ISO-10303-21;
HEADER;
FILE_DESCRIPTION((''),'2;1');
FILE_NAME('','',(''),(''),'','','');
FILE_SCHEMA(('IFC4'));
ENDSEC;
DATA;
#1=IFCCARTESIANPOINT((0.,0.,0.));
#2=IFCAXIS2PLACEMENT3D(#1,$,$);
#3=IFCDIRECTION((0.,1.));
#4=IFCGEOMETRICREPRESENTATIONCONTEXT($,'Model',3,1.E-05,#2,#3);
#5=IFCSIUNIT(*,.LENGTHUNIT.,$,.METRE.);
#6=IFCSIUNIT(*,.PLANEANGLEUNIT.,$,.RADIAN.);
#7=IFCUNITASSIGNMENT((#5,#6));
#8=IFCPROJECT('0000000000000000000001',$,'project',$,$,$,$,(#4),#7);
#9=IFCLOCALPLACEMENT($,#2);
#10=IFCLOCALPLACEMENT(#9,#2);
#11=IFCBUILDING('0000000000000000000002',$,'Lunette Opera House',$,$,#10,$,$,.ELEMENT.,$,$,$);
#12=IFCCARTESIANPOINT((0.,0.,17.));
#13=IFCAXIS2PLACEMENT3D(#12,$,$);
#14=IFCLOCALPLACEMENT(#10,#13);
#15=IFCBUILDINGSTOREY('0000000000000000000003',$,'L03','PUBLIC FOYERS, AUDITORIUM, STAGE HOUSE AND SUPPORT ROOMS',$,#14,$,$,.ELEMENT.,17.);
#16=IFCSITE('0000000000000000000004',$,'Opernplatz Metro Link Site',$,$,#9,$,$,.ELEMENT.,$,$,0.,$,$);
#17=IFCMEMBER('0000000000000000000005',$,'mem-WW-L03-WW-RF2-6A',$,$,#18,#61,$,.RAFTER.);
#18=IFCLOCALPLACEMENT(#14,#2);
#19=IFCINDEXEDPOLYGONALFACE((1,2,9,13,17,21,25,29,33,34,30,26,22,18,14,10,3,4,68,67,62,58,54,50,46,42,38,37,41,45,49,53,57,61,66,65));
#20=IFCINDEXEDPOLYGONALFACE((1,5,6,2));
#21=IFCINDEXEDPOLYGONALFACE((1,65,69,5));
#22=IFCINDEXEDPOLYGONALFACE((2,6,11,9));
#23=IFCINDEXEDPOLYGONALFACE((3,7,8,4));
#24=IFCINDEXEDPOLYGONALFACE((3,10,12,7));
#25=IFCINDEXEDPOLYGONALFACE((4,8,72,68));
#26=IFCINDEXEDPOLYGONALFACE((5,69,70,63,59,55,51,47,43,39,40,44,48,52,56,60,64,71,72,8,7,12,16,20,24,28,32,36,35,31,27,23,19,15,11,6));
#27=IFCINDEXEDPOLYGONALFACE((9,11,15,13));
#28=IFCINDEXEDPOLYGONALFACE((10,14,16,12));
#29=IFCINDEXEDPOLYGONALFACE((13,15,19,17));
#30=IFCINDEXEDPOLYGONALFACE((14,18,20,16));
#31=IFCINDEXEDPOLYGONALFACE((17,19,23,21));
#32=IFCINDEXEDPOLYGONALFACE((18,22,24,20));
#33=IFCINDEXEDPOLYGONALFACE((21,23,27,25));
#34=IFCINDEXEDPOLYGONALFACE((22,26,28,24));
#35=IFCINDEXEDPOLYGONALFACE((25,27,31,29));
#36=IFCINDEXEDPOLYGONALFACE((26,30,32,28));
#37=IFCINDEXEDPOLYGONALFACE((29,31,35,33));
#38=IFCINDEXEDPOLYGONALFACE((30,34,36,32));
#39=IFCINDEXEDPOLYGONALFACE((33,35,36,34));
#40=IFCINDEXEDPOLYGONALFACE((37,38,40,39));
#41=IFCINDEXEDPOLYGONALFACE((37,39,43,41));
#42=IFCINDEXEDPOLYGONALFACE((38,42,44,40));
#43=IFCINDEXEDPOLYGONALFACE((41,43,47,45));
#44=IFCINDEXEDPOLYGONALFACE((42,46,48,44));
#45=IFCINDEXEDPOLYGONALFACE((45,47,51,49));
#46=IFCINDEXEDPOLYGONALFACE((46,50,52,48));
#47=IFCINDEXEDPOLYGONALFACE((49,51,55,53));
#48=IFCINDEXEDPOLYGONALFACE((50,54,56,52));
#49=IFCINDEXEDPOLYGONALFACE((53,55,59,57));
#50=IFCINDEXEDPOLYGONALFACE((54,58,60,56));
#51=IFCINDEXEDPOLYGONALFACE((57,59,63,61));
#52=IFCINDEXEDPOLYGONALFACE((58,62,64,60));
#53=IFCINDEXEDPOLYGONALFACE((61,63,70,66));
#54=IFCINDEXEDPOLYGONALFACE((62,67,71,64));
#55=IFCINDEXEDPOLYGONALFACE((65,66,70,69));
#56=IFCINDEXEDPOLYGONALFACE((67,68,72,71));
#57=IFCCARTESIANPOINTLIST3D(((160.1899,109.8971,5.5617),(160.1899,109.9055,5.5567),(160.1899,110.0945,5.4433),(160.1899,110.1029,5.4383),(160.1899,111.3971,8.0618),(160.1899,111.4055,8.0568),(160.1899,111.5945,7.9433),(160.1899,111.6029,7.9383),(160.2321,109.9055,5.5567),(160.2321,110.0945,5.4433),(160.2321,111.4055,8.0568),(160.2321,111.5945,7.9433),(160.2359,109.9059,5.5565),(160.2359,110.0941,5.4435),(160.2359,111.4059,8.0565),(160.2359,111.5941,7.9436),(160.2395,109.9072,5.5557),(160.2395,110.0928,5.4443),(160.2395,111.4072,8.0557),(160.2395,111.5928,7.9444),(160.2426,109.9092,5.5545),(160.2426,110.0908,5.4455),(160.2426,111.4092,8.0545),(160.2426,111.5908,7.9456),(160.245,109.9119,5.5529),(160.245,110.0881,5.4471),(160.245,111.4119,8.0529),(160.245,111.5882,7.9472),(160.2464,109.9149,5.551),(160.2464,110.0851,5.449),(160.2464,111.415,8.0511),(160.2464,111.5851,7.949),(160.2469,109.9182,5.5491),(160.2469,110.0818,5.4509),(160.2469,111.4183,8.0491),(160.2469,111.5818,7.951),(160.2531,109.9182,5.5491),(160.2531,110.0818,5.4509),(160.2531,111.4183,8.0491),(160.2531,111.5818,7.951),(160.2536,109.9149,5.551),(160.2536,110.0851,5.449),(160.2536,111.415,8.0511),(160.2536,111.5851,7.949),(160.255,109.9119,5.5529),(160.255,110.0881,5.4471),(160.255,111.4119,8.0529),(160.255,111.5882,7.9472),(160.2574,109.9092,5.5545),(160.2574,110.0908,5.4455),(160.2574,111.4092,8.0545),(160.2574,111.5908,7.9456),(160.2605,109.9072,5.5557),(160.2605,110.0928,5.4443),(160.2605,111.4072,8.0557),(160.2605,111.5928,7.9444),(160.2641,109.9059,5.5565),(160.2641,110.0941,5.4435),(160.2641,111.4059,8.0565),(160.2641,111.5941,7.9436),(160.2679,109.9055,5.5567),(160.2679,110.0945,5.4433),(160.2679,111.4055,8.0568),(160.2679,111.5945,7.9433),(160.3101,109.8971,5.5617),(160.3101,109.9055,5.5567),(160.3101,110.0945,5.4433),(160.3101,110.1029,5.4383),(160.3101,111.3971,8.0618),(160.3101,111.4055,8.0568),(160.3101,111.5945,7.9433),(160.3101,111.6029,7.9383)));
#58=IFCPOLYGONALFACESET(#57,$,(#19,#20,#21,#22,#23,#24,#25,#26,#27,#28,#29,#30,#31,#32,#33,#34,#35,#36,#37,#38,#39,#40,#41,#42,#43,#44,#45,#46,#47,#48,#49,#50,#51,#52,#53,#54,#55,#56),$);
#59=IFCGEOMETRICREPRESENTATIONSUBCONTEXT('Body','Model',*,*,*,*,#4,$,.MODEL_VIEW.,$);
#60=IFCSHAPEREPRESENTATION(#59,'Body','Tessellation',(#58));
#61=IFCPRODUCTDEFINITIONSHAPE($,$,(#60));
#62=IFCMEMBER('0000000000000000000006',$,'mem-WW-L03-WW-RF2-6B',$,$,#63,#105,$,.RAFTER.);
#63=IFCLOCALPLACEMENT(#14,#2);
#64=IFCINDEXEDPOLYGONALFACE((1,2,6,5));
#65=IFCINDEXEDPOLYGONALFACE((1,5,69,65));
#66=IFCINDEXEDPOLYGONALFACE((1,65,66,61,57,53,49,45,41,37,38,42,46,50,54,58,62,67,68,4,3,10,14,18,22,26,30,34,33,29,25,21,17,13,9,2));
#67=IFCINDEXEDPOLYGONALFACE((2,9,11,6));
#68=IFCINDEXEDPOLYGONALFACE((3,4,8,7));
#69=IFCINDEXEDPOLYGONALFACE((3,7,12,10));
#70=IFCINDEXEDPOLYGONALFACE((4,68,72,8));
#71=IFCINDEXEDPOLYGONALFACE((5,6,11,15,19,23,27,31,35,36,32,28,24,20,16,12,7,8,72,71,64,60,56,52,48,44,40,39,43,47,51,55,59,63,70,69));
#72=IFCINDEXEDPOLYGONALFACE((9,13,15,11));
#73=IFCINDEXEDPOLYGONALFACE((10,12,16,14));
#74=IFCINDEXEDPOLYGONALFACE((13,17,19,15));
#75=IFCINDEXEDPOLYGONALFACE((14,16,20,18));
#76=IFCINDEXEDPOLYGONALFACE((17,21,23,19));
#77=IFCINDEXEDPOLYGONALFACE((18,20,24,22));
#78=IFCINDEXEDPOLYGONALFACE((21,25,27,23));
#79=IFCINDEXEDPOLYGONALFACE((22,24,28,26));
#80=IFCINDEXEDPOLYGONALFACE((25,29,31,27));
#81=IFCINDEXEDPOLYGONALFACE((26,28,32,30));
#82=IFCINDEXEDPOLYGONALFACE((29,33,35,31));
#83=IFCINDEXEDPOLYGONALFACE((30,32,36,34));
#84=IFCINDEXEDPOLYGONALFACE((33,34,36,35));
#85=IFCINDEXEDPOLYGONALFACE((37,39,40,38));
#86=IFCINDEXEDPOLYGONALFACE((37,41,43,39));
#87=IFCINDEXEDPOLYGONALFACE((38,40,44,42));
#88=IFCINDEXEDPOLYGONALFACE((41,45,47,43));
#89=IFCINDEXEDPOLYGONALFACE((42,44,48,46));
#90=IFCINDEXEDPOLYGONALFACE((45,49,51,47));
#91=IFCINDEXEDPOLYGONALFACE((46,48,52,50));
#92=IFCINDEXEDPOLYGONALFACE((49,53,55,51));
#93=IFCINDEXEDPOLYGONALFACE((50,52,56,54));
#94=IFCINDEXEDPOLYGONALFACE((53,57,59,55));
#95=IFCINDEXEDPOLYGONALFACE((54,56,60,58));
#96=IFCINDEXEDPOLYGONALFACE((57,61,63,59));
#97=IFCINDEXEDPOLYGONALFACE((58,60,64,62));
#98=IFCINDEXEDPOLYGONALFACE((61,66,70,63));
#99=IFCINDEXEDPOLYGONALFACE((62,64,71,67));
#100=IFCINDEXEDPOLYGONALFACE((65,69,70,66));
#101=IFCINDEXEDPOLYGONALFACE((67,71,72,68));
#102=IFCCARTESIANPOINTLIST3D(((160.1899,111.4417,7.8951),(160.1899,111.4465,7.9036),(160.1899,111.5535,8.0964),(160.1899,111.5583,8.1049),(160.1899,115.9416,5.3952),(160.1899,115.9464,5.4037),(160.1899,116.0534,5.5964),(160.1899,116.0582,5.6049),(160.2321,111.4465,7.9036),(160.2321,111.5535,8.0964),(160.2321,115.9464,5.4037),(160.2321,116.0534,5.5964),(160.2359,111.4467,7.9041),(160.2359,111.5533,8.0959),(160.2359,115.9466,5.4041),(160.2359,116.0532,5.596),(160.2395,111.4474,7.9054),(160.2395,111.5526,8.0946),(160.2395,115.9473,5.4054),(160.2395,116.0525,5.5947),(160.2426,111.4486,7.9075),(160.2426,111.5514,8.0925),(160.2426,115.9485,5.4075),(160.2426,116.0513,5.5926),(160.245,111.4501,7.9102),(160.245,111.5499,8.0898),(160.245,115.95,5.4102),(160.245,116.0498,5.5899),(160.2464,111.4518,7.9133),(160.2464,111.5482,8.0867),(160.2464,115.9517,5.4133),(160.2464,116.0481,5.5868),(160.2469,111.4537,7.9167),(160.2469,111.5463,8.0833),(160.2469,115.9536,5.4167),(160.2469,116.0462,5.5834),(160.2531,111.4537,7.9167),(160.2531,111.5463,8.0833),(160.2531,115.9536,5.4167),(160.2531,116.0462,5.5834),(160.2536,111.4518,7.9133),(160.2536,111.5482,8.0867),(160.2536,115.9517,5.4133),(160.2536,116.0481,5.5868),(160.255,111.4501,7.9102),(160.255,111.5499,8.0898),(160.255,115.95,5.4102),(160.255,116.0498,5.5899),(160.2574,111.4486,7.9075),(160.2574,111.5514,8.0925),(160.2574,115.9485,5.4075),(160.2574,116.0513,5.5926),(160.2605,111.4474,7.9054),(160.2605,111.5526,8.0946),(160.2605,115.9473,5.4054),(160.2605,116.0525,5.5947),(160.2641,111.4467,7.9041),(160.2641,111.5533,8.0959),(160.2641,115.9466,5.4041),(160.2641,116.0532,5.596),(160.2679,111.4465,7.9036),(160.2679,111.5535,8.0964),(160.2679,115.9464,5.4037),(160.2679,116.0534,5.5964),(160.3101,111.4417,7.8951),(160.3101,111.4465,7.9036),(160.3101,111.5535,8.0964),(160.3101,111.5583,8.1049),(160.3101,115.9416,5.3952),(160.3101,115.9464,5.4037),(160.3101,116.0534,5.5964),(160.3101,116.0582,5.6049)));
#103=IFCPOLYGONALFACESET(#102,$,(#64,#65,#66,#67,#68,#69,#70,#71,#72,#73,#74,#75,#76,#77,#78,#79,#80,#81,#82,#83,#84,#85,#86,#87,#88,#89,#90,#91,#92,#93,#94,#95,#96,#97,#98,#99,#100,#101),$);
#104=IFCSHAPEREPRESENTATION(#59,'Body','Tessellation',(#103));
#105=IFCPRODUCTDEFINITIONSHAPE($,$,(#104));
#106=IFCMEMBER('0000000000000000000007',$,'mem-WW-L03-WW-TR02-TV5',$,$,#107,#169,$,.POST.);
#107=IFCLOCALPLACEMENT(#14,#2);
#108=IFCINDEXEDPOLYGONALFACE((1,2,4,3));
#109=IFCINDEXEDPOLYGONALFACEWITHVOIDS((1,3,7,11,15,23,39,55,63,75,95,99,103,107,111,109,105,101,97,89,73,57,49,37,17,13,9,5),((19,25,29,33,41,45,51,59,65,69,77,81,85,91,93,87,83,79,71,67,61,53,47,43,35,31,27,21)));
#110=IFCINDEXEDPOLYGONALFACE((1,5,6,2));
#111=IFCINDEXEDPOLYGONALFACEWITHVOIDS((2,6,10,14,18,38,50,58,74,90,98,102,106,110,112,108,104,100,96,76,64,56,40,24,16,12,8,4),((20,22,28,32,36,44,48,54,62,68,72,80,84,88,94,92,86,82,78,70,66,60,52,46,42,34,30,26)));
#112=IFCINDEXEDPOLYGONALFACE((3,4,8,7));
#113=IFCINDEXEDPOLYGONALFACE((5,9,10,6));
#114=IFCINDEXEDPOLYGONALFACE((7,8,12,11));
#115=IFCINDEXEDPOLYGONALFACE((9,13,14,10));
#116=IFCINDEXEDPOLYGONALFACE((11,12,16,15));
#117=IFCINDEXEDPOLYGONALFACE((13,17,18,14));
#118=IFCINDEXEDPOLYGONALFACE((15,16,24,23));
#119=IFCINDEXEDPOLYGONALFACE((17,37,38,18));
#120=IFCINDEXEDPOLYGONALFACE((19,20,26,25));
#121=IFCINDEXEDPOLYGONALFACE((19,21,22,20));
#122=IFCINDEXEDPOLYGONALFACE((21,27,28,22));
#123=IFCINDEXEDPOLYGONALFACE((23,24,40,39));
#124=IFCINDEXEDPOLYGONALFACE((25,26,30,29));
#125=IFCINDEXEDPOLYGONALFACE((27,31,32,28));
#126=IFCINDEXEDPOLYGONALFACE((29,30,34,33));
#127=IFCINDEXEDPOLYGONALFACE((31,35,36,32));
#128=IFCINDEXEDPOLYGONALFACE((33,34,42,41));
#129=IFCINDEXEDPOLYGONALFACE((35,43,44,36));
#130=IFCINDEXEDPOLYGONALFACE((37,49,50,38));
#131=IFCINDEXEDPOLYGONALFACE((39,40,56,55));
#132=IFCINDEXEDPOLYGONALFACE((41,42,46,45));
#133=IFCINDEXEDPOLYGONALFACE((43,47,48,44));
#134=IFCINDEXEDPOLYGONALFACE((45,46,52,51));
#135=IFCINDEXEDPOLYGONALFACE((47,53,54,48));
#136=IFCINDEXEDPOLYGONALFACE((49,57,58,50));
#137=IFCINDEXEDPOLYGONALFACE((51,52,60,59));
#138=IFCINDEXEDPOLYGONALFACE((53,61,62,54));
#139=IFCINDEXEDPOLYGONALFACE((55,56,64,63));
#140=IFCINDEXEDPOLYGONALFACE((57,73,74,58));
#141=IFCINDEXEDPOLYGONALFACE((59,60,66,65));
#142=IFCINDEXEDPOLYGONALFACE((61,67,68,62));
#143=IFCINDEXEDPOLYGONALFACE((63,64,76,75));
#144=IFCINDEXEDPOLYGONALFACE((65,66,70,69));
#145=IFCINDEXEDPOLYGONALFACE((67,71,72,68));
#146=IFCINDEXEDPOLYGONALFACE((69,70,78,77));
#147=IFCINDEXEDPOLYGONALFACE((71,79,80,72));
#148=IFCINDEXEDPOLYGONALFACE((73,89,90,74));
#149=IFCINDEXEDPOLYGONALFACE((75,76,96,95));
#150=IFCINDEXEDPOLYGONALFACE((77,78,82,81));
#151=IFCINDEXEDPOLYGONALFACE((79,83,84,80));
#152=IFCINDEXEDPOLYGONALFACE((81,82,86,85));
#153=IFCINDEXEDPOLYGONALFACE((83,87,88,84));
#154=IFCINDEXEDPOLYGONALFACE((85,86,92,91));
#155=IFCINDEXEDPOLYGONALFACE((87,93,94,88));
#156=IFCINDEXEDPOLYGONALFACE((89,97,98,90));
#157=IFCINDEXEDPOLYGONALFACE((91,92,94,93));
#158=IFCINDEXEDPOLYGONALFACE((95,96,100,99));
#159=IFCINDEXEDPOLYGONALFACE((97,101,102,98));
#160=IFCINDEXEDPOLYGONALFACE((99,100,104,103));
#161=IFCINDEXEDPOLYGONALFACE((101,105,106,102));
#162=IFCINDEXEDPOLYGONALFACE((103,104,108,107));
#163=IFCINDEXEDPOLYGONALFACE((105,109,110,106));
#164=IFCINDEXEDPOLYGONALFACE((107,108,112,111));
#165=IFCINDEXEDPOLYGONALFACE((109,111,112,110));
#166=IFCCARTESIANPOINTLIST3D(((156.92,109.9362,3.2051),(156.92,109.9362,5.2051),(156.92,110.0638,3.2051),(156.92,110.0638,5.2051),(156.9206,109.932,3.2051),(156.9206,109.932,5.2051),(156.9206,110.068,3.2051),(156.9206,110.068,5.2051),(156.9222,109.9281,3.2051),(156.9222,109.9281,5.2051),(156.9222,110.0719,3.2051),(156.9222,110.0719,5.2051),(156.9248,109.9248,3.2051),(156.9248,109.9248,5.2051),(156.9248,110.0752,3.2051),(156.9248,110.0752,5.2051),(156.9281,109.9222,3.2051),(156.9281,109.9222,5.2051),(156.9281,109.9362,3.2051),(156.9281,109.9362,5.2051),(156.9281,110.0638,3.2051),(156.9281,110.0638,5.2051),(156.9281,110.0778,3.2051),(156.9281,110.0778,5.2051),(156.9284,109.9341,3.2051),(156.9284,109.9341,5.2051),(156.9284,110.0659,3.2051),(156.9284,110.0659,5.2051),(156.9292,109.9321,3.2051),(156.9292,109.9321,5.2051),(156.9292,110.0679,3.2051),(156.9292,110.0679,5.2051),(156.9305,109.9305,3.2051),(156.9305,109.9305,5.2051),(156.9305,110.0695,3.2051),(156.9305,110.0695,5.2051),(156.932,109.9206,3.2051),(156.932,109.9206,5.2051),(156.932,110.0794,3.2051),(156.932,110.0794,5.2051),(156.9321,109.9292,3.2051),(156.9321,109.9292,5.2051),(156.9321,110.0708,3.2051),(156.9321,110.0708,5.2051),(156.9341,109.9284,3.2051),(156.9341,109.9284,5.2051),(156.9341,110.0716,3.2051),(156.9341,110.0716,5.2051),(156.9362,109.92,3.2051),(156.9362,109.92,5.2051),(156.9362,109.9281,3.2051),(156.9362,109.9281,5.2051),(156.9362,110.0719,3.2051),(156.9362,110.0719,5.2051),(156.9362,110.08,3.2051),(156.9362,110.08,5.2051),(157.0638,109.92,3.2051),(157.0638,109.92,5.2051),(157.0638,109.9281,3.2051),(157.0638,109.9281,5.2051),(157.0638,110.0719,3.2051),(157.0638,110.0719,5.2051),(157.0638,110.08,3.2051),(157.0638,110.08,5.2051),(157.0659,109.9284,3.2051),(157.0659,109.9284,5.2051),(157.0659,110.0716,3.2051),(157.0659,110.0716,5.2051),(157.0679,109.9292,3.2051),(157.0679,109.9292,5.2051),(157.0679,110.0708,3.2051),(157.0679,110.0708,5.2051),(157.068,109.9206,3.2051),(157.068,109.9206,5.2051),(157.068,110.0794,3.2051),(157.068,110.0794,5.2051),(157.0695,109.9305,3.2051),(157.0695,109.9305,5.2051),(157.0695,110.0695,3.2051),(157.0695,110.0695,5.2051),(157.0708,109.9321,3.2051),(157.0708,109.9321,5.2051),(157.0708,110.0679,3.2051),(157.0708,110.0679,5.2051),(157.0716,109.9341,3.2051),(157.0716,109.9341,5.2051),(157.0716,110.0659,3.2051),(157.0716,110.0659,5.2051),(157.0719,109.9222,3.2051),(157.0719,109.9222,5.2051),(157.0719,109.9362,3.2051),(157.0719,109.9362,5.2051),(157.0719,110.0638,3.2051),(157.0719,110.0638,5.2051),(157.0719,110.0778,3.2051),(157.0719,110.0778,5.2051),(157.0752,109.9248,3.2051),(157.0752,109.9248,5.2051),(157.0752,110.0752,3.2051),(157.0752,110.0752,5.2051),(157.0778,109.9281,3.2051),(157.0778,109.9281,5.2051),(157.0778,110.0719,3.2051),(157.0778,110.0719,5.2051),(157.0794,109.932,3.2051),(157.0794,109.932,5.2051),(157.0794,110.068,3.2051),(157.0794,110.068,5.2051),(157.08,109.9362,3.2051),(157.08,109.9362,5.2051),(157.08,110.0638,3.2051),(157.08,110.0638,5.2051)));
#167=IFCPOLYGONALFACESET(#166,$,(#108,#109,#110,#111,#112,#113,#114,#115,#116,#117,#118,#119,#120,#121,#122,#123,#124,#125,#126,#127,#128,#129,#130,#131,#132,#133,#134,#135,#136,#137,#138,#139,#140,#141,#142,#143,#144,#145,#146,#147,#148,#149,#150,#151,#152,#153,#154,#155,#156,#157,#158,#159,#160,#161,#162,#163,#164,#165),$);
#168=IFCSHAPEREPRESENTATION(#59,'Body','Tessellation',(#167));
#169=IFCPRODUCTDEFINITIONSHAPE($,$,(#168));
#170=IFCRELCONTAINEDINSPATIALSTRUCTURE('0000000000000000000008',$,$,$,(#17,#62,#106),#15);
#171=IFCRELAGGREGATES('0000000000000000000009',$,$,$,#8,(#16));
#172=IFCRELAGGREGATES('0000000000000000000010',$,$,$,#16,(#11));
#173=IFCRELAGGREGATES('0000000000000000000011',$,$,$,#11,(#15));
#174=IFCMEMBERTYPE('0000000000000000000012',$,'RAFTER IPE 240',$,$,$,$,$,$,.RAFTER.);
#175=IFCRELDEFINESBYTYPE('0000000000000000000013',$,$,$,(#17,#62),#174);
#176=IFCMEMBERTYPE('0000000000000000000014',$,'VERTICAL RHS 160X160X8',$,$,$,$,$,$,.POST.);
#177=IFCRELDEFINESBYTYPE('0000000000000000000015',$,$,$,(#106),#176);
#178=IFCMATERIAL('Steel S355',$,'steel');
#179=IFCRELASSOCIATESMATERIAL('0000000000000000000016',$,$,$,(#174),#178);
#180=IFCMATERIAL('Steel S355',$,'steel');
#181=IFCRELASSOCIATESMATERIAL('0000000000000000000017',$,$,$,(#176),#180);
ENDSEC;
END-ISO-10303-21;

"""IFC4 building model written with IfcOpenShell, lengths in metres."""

from ifc_helpers import new_model, si_unit, direction, frame, origin, origin_2d, place, context, subcontext, project, spatial, hollow_rectangle, i_section, extrude, material, material_profile, profile_set, type_object, element, save


model = new_model("IFC4")

# Units and contexts
model_context = context("Model", 3, precision=1e-05, world=origin(), true_north=direction((0.0, 1.0)))
body_context = subcontext(model_context, "Body", "Model", "MODEL_VIEW")
ifc_project = project(units=[si_unit("LENGTHUNIT", "METRE"), si_unit("PLANEANGLEUNIT", "RADIAN")], contexts=[model_context])

# Site, building, storey
site_placement = place(None, origin())
site = spatial("IfcSite", under=ifc_project, at=site_placement, Name="Opernplatz Metro Link Site", CompositionType="ELEMENT", RefElevation=0.0)
building_placement = place(site_placement, origin())
building = spatial("IfcBuilding", under=site, at=building_placement, Name="Lunette Opera House", CompositionType="ELEMENT")
storey_placement = place(building_placement, frame((0.0, 0.0, 17.0)))
storey = spatial("IfcBuildingStorey", under=building, at=storey_placement, Name="L03", Description="PUBLIC FOYERS, AUDITORIUM, STAGE HOUSE AND SUPPORT ROOMS", CompositionType="ELEMENT", Elevation=17.0)

# Members
ifc_material_1 = material(Name="Steel S355", Category="steel")
ifc_material_profile_1 = material_profile(ifc_material_1, i_section(OverallWidth=0.1201, OverallDepth=0.24, WebThickness=0.0061, FlangeThickness=0.0098, FilletRadius=0.0149, at=origin_2d()), Name="IPE 240")
ifc_profile_set_1 = profile_set([ifc_material_profile_1], Name="Steel S355")
member_type_1 = type_object("IfcMemberType", Name="RAFTER IPE 240", PredefinedType="RAFTER", material=ifc_profile_set_1)
member_1_placement = place(storey_placement, frame((160.25, 110.0, 5.5), z_axis=(0.0, 0.514496, 0.857493), x_axis=(-1.0, 0.0, 0.0)))
element("IfcMember", 1, at=member_1_placement, inside=storey, type_object=member_type_1, Name="mem-WW-L03-WW-RF2-6A", PredefinedType="RAFTER", context=body_context, shape_type="SweptSolid", body=[
    extrude(i_section(OverallWidth=0.1201, OverallDepth=0.24, WebThickness=0.0061, FlangeThickness=0.0098, FilletRadius=0.0149, at=origin_2d()), origin(), (0.0, 0.0, 1.0), 2.9155),
])
member_2_placement = place(storey_placement, frame((160.25, 111.5, 8.0), z_axis=(0.0, 0.874157, -0.485643), x_axis=(-1.0, 0.0, 0.0)))
element("IfcMember", 2, at=member_2_placement, inside=storey, type_object=member_type_1, Name="mem-WW-L03-WW-RF2-6B", PredefinedType="RAFTER", context=body_context, shape_type="SweptSolid", body=[
    extrude(i_section(OverallWidth=0.1201, OverallDepth=0.24, WebThickness=0.0061, FlangeThickness=0.0098, FilletRadius=0.0149, at=origin_2d()), origin(), (0.0, 0.0, 1.0), 5.1477),
])
ifc_material_2 = material(Name="Steel S355", Category="steel")
ifc_material_profile_2 = material_profile(ifc_material_2, hollow_rectangle(XDim=0.1599, YDim=0.1599, WallThickness=0.0081, InnerFilletRadius=0.0081, OuterFilletRadius=0.0161, at=origin_2d()), Name="RHS 160X160X8")
ifc_profile_set_2 = profile_set([ifc_material_profile_2], Name="Steel S355")
member_type_2 = type_object("IfcMemberType", Name="VERTICAL RHS 160X160X8", PredefinedType="POST", material=ifc_profile_set_2)
for number, where, z_axis, x_axis, name in (
    (3, (157.0, 110.0, 3.2051), (0.0, 0.0, 1.0), (1.0, 0.0, 0.0), "mem-WW-L03-WW-TR02-TV5"),
):
    element("IfcMember", number, at=place(storey_placement, frame(where, z_axis=z_axis, x_axis=x_axis)), inside=storey, type_object=member_type_2, Name=name, PredefinedType="POST", context=body_context, shape_type="SweptSolid", body=[
        extrude(hollow_rectangle(XDim=0.1599, YDim=0.1599, WallThickness=0.0081, InnerFilletRadius=0.0081, OuterFilletRadius=0.0161, at=origin_2d()), origin(), (0.0, 0.0, 1.0), 2.0),
    ])

save(model, "model.ifc")
